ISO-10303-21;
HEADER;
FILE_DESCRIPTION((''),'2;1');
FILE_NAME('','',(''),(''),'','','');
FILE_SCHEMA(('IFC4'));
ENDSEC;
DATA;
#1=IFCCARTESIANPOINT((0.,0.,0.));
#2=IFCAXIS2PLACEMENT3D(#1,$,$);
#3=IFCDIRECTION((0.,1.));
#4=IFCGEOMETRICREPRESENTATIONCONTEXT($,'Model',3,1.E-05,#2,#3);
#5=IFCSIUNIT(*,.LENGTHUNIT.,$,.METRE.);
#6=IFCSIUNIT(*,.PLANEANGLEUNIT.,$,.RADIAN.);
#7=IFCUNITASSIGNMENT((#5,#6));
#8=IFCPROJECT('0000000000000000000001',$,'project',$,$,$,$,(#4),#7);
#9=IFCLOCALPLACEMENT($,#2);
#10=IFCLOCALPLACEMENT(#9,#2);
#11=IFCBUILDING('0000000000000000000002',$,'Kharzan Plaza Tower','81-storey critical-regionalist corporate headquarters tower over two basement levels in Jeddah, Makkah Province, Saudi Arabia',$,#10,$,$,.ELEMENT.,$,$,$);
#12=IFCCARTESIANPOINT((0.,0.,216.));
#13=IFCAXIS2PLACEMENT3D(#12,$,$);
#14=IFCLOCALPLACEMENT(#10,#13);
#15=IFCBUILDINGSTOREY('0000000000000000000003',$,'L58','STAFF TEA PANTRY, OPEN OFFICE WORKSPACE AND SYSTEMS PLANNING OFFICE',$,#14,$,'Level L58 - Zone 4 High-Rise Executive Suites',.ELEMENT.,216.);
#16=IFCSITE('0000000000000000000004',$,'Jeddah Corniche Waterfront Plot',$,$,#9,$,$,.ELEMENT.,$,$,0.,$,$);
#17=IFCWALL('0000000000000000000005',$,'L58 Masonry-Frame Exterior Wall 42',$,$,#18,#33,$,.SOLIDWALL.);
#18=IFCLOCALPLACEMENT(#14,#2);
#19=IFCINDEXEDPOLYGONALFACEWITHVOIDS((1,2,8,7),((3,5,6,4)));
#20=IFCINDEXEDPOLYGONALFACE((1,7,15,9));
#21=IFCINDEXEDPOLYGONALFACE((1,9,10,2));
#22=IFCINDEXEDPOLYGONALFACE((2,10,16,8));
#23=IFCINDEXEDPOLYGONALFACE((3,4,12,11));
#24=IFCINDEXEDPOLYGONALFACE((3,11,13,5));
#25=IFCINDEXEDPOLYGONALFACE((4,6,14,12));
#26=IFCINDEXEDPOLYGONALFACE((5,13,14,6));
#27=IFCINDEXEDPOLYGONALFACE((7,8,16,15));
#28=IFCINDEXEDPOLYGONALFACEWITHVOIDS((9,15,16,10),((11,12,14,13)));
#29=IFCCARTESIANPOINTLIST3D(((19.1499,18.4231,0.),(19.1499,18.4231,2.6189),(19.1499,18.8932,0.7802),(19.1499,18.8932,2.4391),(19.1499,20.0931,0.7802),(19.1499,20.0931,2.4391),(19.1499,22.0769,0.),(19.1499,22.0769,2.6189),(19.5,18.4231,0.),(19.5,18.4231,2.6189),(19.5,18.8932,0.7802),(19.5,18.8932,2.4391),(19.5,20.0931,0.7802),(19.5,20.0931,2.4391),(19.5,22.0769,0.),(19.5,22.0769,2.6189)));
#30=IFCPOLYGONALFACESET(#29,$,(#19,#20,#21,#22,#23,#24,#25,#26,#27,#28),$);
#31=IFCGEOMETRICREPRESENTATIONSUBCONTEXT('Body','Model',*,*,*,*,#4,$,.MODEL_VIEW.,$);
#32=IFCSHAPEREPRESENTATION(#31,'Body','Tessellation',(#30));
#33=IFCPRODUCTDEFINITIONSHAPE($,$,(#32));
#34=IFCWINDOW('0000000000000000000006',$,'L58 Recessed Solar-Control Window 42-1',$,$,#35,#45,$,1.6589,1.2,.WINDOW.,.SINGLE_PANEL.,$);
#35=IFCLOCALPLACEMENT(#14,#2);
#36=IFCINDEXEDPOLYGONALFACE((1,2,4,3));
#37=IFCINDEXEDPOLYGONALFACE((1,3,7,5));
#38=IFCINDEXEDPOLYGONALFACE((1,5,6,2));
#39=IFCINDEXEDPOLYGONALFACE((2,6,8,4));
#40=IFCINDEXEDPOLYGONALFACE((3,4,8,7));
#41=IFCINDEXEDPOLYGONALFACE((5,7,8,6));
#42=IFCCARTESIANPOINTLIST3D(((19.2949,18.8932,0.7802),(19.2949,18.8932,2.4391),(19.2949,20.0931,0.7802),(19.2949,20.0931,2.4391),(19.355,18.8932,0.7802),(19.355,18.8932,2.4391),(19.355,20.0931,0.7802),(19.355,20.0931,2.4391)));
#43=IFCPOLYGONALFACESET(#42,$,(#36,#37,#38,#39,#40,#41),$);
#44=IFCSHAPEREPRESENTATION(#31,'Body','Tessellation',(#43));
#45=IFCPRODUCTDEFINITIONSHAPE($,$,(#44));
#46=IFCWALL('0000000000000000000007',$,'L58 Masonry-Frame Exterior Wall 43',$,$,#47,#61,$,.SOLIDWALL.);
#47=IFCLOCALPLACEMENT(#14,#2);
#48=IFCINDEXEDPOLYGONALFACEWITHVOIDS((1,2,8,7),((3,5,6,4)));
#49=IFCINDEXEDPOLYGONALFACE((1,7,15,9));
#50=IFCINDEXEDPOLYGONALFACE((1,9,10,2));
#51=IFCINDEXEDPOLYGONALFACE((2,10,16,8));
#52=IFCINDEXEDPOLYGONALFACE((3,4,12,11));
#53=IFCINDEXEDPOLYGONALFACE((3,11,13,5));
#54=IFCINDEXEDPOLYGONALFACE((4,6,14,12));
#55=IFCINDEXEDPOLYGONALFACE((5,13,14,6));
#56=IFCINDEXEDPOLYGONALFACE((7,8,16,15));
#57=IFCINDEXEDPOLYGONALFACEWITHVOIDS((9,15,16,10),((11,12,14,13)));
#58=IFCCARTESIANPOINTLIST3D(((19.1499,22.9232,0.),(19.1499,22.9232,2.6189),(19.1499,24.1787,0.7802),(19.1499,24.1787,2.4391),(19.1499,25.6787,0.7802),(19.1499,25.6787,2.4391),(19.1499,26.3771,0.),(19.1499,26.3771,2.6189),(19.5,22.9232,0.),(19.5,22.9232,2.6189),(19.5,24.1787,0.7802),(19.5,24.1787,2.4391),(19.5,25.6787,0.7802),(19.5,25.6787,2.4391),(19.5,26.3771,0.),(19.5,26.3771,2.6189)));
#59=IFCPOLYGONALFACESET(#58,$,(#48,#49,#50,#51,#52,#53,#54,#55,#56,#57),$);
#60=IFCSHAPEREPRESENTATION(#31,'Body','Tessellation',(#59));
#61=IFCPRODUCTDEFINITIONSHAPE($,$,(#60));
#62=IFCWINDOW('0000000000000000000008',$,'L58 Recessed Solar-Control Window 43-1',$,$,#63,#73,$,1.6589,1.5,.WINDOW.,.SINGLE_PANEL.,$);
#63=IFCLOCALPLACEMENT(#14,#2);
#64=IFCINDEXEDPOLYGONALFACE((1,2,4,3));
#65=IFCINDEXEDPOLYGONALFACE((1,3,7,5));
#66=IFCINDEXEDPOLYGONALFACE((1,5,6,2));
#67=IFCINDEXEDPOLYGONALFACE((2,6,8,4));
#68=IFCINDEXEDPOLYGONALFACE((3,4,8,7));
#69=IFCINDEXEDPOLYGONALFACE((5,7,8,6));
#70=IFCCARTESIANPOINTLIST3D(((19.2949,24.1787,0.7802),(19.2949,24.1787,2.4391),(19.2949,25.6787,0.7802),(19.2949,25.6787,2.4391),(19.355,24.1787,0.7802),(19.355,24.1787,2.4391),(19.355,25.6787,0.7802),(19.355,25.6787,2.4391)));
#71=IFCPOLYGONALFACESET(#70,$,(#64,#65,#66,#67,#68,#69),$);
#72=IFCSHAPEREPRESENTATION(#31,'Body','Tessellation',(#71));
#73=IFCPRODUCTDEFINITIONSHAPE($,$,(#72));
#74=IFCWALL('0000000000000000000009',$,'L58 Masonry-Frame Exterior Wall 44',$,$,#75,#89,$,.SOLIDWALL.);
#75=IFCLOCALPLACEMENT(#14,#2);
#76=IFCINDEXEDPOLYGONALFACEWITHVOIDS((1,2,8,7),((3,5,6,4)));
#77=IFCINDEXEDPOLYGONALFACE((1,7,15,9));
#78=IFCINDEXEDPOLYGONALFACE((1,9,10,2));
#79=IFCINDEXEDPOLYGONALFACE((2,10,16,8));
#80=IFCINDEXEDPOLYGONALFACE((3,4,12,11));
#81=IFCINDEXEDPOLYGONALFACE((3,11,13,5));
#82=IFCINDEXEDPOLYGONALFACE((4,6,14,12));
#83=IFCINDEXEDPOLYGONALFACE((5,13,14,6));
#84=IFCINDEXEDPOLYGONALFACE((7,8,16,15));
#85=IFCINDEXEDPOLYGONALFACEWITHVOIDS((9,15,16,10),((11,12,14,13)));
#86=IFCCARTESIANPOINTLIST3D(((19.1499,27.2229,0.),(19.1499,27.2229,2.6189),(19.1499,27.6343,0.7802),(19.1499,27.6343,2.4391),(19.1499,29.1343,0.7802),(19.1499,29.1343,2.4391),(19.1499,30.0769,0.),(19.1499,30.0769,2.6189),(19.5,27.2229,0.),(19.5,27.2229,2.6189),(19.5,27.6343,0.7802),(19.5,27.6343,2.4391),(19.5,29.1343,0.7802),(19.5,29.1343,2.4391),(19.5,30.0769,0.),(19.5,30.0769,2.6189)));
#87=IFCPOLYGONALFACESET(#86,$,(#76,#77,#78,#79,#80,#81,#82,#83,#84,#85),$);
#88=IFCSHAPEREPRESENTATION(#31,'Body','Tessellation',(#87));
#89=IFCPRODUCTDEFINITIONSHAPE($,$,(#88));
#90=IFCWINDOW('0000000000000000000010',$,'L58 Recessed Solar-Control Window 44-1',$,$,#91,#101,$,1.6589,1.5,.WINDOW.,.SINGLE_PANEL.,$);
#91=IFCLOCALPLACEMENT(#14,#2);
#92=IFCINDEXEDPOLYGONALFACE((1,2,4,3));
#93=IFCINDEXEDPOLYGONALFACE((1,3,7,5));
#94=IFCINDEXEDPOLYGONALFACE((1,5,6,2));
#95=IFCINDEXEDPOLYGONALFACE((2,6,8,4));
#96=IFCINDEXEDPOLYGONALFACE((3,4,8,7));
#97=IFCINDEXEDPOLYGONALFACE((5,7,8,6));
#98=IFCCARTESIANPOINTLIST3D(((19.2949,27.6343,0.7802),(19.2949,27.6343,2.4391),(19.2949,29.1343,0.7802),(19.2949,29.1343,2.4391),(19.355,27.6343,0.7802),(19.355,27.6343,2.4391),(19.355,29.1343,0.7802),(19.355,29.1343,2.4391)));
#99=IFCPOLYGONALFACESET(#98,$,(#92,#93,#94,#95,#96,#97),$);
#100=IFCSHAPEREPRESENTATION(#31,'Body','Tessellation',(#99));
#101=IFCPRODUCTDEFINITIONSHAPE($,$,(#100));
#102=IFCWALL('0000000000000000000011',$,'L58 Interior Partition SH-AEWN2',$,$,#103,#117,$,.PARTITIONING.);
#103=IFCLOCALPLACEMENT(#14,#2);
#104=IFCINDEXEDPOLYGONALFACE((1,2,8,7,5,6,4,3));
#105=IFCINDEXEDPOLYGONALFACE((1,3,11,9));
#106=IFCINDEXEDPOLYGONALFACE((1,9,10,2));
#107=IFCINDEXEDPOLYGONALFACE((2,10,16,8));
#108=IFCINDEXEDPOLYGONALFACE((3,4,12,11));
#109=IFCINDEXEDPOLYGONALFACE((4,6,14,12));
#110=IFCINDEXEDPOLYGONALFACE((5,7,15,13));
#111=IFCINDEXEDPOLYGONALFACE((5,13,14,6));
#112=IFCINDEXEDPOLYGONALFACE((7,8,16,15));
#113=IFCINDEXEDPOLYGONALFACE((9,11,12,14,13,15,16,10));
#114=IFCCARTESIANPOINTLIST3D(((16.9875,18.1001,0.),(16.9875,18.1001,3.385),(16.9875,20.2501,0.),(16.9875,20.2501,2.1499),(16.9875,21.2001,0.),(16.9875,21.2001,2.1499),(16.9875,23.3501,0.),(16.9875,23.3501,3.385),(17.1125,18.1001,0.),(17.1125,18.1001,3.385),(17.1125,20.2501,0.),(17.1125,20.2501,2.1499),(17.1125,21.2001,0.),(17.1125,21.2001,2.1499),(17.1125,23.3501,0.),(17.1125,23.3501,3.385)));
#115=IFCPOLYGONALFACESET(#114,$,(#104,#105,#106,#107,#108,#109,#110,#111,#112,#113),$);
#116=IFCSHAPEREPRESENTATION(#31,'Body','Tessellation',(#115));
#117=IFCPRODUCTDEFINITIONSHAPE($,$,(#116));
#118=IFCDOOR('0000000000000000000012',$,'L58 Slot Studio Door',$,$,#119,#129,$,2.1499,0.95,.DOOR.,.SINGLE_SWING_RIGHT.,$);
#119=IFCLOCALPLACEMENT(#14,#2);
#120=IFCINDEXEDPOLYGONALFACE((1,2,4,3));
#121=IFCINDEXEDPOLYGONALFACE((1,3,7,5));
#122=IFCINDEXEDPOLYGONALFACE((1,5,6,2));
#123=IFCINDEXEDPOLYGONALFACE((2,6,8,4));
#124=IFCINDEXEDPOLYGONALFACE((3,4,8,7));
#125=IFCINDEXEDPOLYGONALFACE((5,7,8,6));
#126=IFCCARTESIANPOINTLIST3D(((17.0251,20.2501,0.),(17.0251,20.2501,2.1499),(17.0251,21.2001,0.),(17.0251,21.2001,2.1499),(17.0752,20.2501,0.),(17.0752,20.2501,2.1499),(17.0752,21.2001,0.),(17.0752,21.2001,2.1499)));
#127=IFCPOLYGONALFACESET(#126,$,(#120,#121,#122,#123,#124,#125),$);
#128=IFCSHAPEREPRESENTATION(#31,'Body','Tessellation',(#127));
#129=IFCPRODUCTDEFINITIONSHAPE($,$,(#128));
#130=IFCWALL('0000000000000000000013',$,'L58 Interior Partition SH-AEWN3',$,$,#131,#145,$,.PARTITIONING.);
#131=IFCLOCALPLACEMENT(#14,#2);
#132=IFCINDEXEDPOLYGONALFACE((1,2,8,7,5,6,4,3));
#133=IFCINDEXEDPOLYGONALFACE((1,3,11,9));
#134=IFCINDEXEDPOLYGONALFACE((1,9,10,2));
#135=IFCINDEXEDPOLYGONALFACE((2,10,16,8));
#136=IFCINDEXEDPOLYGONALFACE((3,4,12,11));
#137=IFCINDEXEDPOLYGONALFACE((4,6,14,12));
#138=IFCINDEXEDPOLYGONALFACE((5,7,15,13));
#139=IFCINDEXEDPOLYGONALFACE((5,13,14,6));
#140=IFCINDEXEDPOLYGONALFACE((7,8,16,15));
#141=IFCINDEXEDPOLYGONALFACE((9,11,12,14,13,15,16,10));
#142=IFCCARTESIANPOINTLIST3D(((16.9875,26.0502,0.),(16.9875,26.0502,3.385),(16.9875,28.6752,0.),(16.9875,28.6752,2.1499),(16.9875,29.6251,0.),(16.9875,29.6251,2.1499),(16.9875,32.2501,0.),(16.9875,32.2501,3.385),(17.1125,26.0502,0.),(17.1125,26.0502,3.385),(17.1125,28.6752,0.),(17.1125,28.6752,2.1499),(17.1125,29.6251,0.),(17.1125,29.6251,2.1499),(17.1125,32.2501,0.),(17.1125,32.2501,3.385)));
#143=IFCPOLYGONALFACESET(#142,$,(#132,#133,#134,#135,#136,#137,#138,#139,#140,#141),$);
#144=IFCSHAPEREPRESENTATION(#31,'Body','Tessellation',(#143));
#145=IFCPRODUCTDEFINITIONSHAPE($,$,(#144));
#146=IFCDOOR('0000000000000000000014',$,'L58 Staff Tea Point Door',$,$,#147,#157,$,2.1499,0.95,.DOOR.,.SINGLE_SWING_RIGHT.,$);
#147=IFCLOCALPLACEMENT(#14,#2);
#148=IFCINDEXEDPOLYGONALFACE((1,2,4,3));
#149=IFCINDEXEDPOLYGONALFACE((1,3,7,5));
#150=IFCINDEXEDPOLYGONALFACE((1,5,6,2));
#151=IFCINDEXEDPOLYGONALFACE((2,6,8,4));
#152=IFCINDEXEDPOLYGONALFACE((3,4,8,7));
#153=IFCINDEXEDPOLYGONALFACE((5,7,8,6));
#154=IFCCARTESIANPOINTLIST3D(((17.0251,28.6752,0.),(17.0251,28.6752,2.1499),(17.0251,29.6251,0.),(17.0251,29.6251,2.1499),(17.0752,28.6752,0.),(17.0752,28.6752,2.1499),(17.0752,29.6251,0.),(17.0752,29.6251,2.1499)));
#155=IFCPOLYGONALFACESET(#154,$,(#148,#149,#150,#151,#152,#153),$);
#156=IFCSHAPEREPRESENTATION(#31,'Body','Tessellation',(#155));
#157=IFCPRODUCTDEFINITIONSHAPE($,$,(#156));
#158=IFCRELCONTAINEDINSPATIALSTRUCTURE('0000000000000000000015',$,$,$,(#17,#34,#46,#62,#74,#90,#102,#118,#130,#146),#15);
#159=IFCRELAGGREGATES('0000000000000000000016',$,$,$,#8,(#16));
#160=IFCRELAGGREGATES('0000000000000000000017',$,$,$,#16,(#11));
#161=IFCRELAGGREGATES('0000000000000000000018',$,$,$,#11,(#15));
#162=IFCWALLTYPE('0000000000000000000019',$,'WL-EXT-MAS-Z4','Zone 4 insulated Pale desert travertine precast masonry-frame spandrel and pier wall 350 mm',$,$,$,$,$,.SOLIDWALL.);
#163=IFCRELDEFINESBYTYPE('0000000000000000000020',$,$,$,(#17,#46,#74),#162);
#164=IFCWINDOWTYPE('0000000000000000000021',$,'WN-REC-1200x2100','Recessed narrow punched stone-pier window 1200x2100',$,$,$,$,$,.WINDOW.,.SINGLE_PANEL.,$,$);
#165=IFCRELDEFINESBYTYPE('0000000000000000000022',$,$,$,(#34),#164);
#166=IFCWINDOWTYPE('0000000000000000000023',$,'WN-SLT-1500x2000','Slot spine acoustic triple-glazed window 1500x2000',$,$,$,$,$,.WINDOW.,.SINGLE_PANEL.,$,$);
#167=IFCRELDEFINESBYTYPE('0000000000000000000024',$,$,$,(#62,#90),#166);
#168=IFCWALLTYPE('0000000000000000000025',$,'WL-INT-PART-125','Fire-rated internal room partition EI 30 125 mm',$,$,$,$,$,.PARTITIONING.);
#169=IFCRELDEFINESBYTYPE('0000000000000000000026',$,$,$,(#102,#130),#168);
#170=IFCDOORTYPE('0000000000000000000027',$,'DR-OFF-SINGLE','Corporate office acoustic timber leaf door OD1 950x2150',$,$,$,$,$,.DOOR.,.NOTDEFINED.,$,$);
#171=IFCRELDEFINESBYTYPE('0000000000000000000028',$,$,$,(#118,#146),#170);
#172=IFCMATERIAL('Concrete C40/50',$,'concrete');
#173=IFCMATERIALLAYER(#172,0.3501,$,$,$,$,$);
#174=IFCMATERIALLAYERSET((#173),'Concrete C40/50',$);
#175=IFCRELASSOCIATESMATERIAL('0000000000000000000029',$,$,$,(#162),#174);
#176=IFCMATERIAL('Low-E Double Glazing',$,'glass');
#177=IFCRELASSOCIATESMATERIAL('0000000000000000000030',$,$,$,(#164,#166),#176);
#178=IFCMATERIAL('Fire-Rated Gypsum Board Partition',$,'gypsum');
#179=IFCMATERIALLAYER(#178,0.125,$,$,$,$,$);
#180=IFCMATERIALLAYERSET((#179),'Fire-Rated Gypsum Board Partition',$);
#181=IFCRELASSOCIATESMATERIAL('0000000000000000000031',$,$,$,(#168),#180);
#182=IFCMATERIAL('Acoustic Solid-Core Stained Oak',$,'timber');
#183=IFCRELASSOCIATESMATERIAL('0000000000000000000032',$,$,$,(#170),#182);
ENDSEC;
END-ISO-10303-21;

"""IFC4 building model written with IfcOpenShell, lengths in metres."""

from ifc_helpers import new_model, si_unit, direction, frame, frame_2d, origin, place, context, subcontext, project, spatial, rectangle, extrude, source, transform, mapped, material, layer, layer_set, type_object, element, fill, save


model = new_model("IFC4")

# Units and contexts
model_context = context("Model", 3, precision=1e-05, world=origin(), true_north=direction((0.0, 1.0)))
body_context = subcontext(model_context, "Body", "Model", "MODEL_VIEW")
ifc_project = project(units=[si_unit("LENGTHUNIT", "METRE"), si_unit("PLANEANGLEUNIT", "RADIAN")], contexts=[model_context])

# Site, building, storey
site_placement = place(None, origin())
site = spatial("IfcSite", under=ifc_project, at=site_placement, Name="Jeddah Corniche Waterfront Plot", CompositionType="ELEMENT", RefElevation=0.0)
building_placement = place(site_placement, origin())
building = spatial("IfcBuilding", under=site, at=building_placement, Name="Kharzan Plaza Tower", Description="81-storey critical-regionalist corporate headquarters tower over two basement levels in Jeddah, Makkah Province, Saudi Arabia", CompositionType="ELEMENT")
storey_placement = place(building_placement, frame((0.0, 0.0, 216.0)))
storey = spatial("IfcBuildingStorey", under=building, at=storey_placement, Name="L58", Description="STAFF TEA PANTRY, OPEN OFFICE WORKSPACE AND SYSTEMS PLANNING OFFICE", LongName="Level L58 - Zone 4 High-Rise Executive Suites", CompositionType="ELEMENT", Elevation=216.0)

# Walls, openings, windows
ifc_material_1 = material(Name="Concrete C40/50", Category="concrete")
ifc_layer_1 = layer(ifc_material_1, 0.3501)
ifc_layer_set_1 = layer_set([ifc_layer_1], Name="Concrete C40/50")
wall_type_1 = type_object("IfcWallType", Name="WL-EXT-MAS-Z4", Description="Zone 4 insulated Pale desert travertine precast masonry-frame spandrel and pier wall 350 mm", PredefinedType="SOLIDWALL", material=ifc_layer_set_1)
ifc_material_2 = material(Name="Low-E Double Glazing", Category="glass")
wall_1_placement = place(storey_placement, frame((19.325, 18.4231, 0.0), z_axis=(0.0, 0.0, 1.0), x_axis=(0.0, 1.0, 0.0)))
wall_1 = element("IfcWall", 1, at=wall_1_placement, inside=storey, type_object=wall_type_1, Name="L58 Masonry-Frame Exterior Wall 42", PredefinedType="SOLIDWALL", context=body_context, shape_type="SweptSolid", body=[
    extrude(rectangle(XDim=3.6538, YDim=0.3501, at=frame_2d((1.8269, 0.0))), origin(), (0.0, 0.0, 1.0), 2.6189),
])
opening_1_placement = place(wall_1_placement, frame((0.47, 0.0, 0.78)))
opening_1 = element("IfcOpeningElement", 2, at=opening_1_placement, cuts=wall_1, PredefinedType="OPENING", context=body_context, shape_type="SweptSolid", body=[
    extrude(rectangle(XDim=1.2, YDim=1.6589, at=frame_2d((0.6001, 0.8296))), frame((0.0, 0.1851, 0.0), z_axis=(0.0, -1.0, 0.0), x_axis=(1.0, 0.0, 0.0)), (0.0, 0.0, 1.0), 0.3701),
])
window_type_1 = type_object("IfcWindowType", Name="WN-REC-1200x2100", Description="Recessed narrow punched stone-pier window 1200x2100", PartitioningType="SINGLE_PANEL", PredefinedType="WINDOW", material=ifc_material_2)
shared_shape_1 = source(origin(), body_context, "Body", "SweptSolid", [
    extrude(rectangle(XDim=1.2, YDim=1.6589, at=frame_2d((0.6001, 0.8296))), frame((0.0, 0.03, 0.0), z_axis=(0.0, -1.0, 0.0), x_axis=(1.0, 0.0, 0.0)), (0.0, 0.0, 1.0), 0.0601),
])
window_1_placement = place(opening_1_placement, origin())
window_1 = element("IfcWindow", 3, at=window_1_placement, inside=storey, type_object=window_type_1, Name="L58 Recessed Solar-Control Window 42-1", OverallHeight=1.6589, OverallWidth=1.2, PartitioningType="SINGLE_PANEL", PredefinedType="WINDOW", context=body_context, shape_type="MappedRepresentation", body=[
    mapped(shared_shape_1, transform((0.0, 0.0, 0.0), x_axis=(1.0, 0.0, 0.0), y_axis=(0.0, 1.0, 0.0), z_axis=(0.0, 0.0, 1.0))),
])
fill(opening_1, window_1)
wall_2_placement = place(storey_placement, frame((19.325, 22.9231, 0.0), z_axis=(0.0, 0.0, 1.0), x_axis=(0.0, 1.0, 0.0)))
wall_2 = element("IfcWall", 4, at=wall_2_placement, inside=storey, type_object=wall_type_1, Name="L58 Masonry-Frame Exterior Wall 43", PredefinedType="SOLIDWALL", context=body_context, shape_type="SweptSolid", body=[
    extrude(rectangle(XDim=3.4539, YDim=0.3501, at=frame_2d((1.7271, 0.0))), origin(), (0.0, 0.0, 1.0), 2.6189),
])
opening_2_placement = place(wall_2_placement, frame((1.2556, 0.0, 0.78)))
opening_2 = element("IfcOpeningElement", 5, at=opening_2_placement, cuts=wall_2, PredefinedType="OPENING", context=body_context, shape_type="SweptSolid", body=[
    extrude(rectangle(XDim=1.5, YDim=1.6589, at=frame_2d((0.75, 0.8296))), frame((0.0, 0.1851, 0.0), z_axis=(0.0, -1.0, 0.0), x_axis=(1.0, 0.0, 0.0)), (0.0, 0.0, 1.0), 0.3701),
])
window_type_2 = type_object("IfcWindowType", Name="WN-SLT-1500x2000", Description="Slot spine acoustic triple-glazed window 1500x2000", PartitioningType="SINGLE_PANEL", PredefinedType="WINDOW", material=ifc_material_2)
shared_shape_2 = source(origin(), body_context, "Body", "SweptSolid", [
    extrude(rectangle(XDim=1.5, YDim=1.6589, at=frame_2d((0.75, 0.8296))), frame((0.0, 0.03, 0.0), z_axis=(0.0, -1.0, 0.0), x_axis=(1.0, 0.0, 0.0)), (0.0, 0.0, 1.0), 0.0601),
])
window_2_placement = place(opening_2_placement, origin())
window_2 = element("IfcWindow", 6, at=window_2_placement, inside=storey, type_object=window_type_2, Name="L58 Recessed Solar-Control Window 43-1", OverallHeight=1.6589, OverallWidth=1.5, PartitioningType="SINGLE_PANEL", PredefinedType="WINDOW", context=body_context, shape_type="MappedRepresentation", body=[
    mapped(shared_shape_2, transform((0.0, 0.0, 0.0), x_axis=(1.0, 0.0, 0.0), y_axis=(0.0, 1.0, 0.0), z_axis=(0.0, 0.0, 1.0))),
])
fill(opening_2, window_2)
wall_3_placement = place(storey_placement, frame((19.325, 27.2229, 0.0), z_axis=(0.0, 0.0, 1.0), x_axis=(0.0, 1.0, 0.0)))
wall_3 = element("IfcWall", 7, at=wall_3_placement, inside=storey, type_object=wall_type_1, Name="L58 Masonry-Frame Exterior Wall 44", PredefinedType="SOLIDWALL", context=body_context, shape_type="SweptSolid", body=[
    extrude(rectangle(XDim=2.854, YDim=0.3501, at=frame_2d((1.427, 0.0))), origin(), (0.0, 0.0, 1.0), 2.6189),
])
opening_3_placement = place(wall_3_placement, frame((0.4114, 0.0, 0.78)))
opening_3 = element("IfcOpeningElement", 8, at=opening_3_placement, cuts=wall_3, PredefinedType="OPENING", context=body_context, shape_type="SweptSolid", body=[
    extrude(rectangle(XDim=1.5, YDim=1.6589, at=frame_2d((0.75, 0.8296))), frame((0.0, 0.1851, 0.0), z_axis=(0.0, -1.0, 0.0), x_axis=(1.0, 0.0, 0.0)), (0.0, 0.0, 1.0), 0.3701),
])
window_3_placement = place(opening_3_placement, origin())
window_3 = element("IfcWindow", 9, at=window_3_placement, inside=storey, type_object=window_type_2, Name="L58 Recessed Solar-Control Window 44-1", OverallHeight=1.6589, OverallWidth=1.5, PartitioningType="SINGLE_PANEL", PredefinedType="WINDOW", context=body_context, shape_type="MappedRepresentation", body=[
    mapped(shared_shape_2, transform((0.0, 0.0, 0.0), x_axis=(1.0, 0.0, 0.0), y_axis=(0.0, 1.0, 0.0), z_axis=(0.0, 0.0, 1.0))),
])
fill(opening_3, window_3)

# Walls, openings, doors
ifc_material_3 = material(Name="Fire-Rated Gypsum Board Partition", Category="gypsum")
ifc_layer_2 = layer(ifc_material_3, 0.125)
ifc_layer_set_2 = layer_set([ifc_layer_2], Name="Fire-Rated Gypsum Board Partition")
wall_type_2 = type_object("IfcWallType", Name="WL-INT-PART-125", Description="Fire-rated internal room partition EI 30 125 mm", PredefinedType="PARTITIONING", material=ifc_layer_set_2)
wall_4_placement = place(storey_placement, frame((17.05, 18.1001, 0.0), z_axis=(0.0, 0.0, 1.0), x_axis=(0.0, 1.0, 0.0)))
wall_4 = element("IfcWall", 10, at=wall_4_placement, inside=storey, type_object=wall_type_2, Name="L58 Interior Partition SH-AEWN2", PredefinedType="PARTITIONING", context=body_context, shape_type="SweptSolid", body=[
    extrude(rectangle(XDim=5.25, YDim=0.125, at=frame_2d((2.625, 0.0))), origin(), (0.0, 0.0, 1.0), 3.385),
])
opening_4_placement = place(wall_4_placement, frame((2.1499, 0.0, 0.0)))
opening_4 = element("IfcOpeningElement", 11, at=opening_4_placement, cuts=wall_4, PredefinedType="OPENING", context=body_context, shape_type="SweptSolid", body=[
    extrude(rectangle(XDim=0.95, YDim=2.1499, at=frame_2d((0.4751, 1.075))), frame((0.0, 0.0725, 0.0), z_axis=(0.0, -1.0, 0.0), x_axis=(1.0, 0.0, 0.0)), (0.0, 0.0, 1.0), 0.145),
])
ifc_material_4 = material(Name="Acoustic Solid-Core Stained Oak", Category="timber")
door_type_1 = type_object("IfcDoorType", Name="DR-OFF-SINGLE", Description="Corporate office acoustic timber leaf door OD1 950x2150", OperationType="NOTDEFINED", PredefinedType="DOOR", material=ifc_material_4)
shared_shape_3 = source(origin(), body_context, "Body", "SweptSolid", [
    extrude(rectangle(XDim=0.95, YDim=2.1499, at=frame_2d((0.4751, 1.075))), frame((0.0, 0.0249, 0.0), z_axis=(0.0, -1.0, 0.0), x_axis=(1.0, 0.0, 0.0)), (0.0, 0.0, 1.0), 0.05),
])
door_1_placement = place(opening_4_placement, origin())
door_1 = element("IfcDoor", 12, at=door_1_placement, inside=storey, type_object=door_type_1, Name="L58 Slot Studio Door", OperationType="SINGLE_SWING_RIGHT", OverallHeight=2.1499, OverallWidth=0.95, PredefinedType="DOOR", context=body_context, shape_type="MappedRepresentation", body=[
    mapped(shared_shape_3, transform((0.0, 0.0, 0.0), x_axis=(1.0, 0.0, 0.0), y_axis=(0.0, 1.0, 0.0), z_axis=(0.0, 0.0, 1.0))),
])
fill(opening_4, door_1)
wall_5_placement = place(storey_placement, frame((17.05, 26.05, 0.0), z_axis=(0.0, 0.0, 1.0), x_axis=(0.0, 1.0, 0.0)))
wall_5 = element("IfcWall", 13, at=wall_5_placement, inside=storey, type_object=wall_type_2, Name="L58 Interior Partition SH-AEWN3", PredefinedType="PARTITIONING", context=body_context, shape_type="SweptSolid", body=[
    extrude(rectangle(XDim=6.2, YDim=0.125, at=frame_2d((3.1001, 0.0))), origin(), (0.0, 0.0, 1.0), 3.385),
])
opening_5_placement = place(wall_5_placement, frame((2.625, 0.0, 0.0)))
opening_5 = element("IfcOpeningElement", 14, at=opening_5_placement, cuts=wall_5, PredefinedType="OPENING", context=body_context, shape_type="SweptSolid", body=[
    extrude(rectangle(XDim=0.95, YDim=2.1499, at=frame_2d((0.4751, 1.075))), frame((0.0, 0.0725, 0.0), z_axis=(0.0, -1.0, 0.0), x_axis=(1.0, 0.0, 0.0)), (0.0, 0.0, 1.0), 0.145),
])
door_2_placement = place(opening_5_placement, origin())
door_2 = element("IfcDoor", 15, at=door_2_placement, inside=storey, type_object=door_type_1, Name="L58 Staff Tea Point Door", OperationType="SINGLE_SWING_RIGHT", OverallHeight=2.1499, OverallWidth=0.95, PredefinedType="DOOR", context=body_context, shape_type="MappedRepresentation", body=[
    mapped(shared_shape_3, transform((0.0, 0.0, 0.0), x_axis=(1.0, 0.0, 0.0), y_axis=(0.0, 1.0, 0.0), z_axis=(0.0, 0.0, 1.0))),
])
fill(opening_5, door_2)

save(model, "model.ifc")
